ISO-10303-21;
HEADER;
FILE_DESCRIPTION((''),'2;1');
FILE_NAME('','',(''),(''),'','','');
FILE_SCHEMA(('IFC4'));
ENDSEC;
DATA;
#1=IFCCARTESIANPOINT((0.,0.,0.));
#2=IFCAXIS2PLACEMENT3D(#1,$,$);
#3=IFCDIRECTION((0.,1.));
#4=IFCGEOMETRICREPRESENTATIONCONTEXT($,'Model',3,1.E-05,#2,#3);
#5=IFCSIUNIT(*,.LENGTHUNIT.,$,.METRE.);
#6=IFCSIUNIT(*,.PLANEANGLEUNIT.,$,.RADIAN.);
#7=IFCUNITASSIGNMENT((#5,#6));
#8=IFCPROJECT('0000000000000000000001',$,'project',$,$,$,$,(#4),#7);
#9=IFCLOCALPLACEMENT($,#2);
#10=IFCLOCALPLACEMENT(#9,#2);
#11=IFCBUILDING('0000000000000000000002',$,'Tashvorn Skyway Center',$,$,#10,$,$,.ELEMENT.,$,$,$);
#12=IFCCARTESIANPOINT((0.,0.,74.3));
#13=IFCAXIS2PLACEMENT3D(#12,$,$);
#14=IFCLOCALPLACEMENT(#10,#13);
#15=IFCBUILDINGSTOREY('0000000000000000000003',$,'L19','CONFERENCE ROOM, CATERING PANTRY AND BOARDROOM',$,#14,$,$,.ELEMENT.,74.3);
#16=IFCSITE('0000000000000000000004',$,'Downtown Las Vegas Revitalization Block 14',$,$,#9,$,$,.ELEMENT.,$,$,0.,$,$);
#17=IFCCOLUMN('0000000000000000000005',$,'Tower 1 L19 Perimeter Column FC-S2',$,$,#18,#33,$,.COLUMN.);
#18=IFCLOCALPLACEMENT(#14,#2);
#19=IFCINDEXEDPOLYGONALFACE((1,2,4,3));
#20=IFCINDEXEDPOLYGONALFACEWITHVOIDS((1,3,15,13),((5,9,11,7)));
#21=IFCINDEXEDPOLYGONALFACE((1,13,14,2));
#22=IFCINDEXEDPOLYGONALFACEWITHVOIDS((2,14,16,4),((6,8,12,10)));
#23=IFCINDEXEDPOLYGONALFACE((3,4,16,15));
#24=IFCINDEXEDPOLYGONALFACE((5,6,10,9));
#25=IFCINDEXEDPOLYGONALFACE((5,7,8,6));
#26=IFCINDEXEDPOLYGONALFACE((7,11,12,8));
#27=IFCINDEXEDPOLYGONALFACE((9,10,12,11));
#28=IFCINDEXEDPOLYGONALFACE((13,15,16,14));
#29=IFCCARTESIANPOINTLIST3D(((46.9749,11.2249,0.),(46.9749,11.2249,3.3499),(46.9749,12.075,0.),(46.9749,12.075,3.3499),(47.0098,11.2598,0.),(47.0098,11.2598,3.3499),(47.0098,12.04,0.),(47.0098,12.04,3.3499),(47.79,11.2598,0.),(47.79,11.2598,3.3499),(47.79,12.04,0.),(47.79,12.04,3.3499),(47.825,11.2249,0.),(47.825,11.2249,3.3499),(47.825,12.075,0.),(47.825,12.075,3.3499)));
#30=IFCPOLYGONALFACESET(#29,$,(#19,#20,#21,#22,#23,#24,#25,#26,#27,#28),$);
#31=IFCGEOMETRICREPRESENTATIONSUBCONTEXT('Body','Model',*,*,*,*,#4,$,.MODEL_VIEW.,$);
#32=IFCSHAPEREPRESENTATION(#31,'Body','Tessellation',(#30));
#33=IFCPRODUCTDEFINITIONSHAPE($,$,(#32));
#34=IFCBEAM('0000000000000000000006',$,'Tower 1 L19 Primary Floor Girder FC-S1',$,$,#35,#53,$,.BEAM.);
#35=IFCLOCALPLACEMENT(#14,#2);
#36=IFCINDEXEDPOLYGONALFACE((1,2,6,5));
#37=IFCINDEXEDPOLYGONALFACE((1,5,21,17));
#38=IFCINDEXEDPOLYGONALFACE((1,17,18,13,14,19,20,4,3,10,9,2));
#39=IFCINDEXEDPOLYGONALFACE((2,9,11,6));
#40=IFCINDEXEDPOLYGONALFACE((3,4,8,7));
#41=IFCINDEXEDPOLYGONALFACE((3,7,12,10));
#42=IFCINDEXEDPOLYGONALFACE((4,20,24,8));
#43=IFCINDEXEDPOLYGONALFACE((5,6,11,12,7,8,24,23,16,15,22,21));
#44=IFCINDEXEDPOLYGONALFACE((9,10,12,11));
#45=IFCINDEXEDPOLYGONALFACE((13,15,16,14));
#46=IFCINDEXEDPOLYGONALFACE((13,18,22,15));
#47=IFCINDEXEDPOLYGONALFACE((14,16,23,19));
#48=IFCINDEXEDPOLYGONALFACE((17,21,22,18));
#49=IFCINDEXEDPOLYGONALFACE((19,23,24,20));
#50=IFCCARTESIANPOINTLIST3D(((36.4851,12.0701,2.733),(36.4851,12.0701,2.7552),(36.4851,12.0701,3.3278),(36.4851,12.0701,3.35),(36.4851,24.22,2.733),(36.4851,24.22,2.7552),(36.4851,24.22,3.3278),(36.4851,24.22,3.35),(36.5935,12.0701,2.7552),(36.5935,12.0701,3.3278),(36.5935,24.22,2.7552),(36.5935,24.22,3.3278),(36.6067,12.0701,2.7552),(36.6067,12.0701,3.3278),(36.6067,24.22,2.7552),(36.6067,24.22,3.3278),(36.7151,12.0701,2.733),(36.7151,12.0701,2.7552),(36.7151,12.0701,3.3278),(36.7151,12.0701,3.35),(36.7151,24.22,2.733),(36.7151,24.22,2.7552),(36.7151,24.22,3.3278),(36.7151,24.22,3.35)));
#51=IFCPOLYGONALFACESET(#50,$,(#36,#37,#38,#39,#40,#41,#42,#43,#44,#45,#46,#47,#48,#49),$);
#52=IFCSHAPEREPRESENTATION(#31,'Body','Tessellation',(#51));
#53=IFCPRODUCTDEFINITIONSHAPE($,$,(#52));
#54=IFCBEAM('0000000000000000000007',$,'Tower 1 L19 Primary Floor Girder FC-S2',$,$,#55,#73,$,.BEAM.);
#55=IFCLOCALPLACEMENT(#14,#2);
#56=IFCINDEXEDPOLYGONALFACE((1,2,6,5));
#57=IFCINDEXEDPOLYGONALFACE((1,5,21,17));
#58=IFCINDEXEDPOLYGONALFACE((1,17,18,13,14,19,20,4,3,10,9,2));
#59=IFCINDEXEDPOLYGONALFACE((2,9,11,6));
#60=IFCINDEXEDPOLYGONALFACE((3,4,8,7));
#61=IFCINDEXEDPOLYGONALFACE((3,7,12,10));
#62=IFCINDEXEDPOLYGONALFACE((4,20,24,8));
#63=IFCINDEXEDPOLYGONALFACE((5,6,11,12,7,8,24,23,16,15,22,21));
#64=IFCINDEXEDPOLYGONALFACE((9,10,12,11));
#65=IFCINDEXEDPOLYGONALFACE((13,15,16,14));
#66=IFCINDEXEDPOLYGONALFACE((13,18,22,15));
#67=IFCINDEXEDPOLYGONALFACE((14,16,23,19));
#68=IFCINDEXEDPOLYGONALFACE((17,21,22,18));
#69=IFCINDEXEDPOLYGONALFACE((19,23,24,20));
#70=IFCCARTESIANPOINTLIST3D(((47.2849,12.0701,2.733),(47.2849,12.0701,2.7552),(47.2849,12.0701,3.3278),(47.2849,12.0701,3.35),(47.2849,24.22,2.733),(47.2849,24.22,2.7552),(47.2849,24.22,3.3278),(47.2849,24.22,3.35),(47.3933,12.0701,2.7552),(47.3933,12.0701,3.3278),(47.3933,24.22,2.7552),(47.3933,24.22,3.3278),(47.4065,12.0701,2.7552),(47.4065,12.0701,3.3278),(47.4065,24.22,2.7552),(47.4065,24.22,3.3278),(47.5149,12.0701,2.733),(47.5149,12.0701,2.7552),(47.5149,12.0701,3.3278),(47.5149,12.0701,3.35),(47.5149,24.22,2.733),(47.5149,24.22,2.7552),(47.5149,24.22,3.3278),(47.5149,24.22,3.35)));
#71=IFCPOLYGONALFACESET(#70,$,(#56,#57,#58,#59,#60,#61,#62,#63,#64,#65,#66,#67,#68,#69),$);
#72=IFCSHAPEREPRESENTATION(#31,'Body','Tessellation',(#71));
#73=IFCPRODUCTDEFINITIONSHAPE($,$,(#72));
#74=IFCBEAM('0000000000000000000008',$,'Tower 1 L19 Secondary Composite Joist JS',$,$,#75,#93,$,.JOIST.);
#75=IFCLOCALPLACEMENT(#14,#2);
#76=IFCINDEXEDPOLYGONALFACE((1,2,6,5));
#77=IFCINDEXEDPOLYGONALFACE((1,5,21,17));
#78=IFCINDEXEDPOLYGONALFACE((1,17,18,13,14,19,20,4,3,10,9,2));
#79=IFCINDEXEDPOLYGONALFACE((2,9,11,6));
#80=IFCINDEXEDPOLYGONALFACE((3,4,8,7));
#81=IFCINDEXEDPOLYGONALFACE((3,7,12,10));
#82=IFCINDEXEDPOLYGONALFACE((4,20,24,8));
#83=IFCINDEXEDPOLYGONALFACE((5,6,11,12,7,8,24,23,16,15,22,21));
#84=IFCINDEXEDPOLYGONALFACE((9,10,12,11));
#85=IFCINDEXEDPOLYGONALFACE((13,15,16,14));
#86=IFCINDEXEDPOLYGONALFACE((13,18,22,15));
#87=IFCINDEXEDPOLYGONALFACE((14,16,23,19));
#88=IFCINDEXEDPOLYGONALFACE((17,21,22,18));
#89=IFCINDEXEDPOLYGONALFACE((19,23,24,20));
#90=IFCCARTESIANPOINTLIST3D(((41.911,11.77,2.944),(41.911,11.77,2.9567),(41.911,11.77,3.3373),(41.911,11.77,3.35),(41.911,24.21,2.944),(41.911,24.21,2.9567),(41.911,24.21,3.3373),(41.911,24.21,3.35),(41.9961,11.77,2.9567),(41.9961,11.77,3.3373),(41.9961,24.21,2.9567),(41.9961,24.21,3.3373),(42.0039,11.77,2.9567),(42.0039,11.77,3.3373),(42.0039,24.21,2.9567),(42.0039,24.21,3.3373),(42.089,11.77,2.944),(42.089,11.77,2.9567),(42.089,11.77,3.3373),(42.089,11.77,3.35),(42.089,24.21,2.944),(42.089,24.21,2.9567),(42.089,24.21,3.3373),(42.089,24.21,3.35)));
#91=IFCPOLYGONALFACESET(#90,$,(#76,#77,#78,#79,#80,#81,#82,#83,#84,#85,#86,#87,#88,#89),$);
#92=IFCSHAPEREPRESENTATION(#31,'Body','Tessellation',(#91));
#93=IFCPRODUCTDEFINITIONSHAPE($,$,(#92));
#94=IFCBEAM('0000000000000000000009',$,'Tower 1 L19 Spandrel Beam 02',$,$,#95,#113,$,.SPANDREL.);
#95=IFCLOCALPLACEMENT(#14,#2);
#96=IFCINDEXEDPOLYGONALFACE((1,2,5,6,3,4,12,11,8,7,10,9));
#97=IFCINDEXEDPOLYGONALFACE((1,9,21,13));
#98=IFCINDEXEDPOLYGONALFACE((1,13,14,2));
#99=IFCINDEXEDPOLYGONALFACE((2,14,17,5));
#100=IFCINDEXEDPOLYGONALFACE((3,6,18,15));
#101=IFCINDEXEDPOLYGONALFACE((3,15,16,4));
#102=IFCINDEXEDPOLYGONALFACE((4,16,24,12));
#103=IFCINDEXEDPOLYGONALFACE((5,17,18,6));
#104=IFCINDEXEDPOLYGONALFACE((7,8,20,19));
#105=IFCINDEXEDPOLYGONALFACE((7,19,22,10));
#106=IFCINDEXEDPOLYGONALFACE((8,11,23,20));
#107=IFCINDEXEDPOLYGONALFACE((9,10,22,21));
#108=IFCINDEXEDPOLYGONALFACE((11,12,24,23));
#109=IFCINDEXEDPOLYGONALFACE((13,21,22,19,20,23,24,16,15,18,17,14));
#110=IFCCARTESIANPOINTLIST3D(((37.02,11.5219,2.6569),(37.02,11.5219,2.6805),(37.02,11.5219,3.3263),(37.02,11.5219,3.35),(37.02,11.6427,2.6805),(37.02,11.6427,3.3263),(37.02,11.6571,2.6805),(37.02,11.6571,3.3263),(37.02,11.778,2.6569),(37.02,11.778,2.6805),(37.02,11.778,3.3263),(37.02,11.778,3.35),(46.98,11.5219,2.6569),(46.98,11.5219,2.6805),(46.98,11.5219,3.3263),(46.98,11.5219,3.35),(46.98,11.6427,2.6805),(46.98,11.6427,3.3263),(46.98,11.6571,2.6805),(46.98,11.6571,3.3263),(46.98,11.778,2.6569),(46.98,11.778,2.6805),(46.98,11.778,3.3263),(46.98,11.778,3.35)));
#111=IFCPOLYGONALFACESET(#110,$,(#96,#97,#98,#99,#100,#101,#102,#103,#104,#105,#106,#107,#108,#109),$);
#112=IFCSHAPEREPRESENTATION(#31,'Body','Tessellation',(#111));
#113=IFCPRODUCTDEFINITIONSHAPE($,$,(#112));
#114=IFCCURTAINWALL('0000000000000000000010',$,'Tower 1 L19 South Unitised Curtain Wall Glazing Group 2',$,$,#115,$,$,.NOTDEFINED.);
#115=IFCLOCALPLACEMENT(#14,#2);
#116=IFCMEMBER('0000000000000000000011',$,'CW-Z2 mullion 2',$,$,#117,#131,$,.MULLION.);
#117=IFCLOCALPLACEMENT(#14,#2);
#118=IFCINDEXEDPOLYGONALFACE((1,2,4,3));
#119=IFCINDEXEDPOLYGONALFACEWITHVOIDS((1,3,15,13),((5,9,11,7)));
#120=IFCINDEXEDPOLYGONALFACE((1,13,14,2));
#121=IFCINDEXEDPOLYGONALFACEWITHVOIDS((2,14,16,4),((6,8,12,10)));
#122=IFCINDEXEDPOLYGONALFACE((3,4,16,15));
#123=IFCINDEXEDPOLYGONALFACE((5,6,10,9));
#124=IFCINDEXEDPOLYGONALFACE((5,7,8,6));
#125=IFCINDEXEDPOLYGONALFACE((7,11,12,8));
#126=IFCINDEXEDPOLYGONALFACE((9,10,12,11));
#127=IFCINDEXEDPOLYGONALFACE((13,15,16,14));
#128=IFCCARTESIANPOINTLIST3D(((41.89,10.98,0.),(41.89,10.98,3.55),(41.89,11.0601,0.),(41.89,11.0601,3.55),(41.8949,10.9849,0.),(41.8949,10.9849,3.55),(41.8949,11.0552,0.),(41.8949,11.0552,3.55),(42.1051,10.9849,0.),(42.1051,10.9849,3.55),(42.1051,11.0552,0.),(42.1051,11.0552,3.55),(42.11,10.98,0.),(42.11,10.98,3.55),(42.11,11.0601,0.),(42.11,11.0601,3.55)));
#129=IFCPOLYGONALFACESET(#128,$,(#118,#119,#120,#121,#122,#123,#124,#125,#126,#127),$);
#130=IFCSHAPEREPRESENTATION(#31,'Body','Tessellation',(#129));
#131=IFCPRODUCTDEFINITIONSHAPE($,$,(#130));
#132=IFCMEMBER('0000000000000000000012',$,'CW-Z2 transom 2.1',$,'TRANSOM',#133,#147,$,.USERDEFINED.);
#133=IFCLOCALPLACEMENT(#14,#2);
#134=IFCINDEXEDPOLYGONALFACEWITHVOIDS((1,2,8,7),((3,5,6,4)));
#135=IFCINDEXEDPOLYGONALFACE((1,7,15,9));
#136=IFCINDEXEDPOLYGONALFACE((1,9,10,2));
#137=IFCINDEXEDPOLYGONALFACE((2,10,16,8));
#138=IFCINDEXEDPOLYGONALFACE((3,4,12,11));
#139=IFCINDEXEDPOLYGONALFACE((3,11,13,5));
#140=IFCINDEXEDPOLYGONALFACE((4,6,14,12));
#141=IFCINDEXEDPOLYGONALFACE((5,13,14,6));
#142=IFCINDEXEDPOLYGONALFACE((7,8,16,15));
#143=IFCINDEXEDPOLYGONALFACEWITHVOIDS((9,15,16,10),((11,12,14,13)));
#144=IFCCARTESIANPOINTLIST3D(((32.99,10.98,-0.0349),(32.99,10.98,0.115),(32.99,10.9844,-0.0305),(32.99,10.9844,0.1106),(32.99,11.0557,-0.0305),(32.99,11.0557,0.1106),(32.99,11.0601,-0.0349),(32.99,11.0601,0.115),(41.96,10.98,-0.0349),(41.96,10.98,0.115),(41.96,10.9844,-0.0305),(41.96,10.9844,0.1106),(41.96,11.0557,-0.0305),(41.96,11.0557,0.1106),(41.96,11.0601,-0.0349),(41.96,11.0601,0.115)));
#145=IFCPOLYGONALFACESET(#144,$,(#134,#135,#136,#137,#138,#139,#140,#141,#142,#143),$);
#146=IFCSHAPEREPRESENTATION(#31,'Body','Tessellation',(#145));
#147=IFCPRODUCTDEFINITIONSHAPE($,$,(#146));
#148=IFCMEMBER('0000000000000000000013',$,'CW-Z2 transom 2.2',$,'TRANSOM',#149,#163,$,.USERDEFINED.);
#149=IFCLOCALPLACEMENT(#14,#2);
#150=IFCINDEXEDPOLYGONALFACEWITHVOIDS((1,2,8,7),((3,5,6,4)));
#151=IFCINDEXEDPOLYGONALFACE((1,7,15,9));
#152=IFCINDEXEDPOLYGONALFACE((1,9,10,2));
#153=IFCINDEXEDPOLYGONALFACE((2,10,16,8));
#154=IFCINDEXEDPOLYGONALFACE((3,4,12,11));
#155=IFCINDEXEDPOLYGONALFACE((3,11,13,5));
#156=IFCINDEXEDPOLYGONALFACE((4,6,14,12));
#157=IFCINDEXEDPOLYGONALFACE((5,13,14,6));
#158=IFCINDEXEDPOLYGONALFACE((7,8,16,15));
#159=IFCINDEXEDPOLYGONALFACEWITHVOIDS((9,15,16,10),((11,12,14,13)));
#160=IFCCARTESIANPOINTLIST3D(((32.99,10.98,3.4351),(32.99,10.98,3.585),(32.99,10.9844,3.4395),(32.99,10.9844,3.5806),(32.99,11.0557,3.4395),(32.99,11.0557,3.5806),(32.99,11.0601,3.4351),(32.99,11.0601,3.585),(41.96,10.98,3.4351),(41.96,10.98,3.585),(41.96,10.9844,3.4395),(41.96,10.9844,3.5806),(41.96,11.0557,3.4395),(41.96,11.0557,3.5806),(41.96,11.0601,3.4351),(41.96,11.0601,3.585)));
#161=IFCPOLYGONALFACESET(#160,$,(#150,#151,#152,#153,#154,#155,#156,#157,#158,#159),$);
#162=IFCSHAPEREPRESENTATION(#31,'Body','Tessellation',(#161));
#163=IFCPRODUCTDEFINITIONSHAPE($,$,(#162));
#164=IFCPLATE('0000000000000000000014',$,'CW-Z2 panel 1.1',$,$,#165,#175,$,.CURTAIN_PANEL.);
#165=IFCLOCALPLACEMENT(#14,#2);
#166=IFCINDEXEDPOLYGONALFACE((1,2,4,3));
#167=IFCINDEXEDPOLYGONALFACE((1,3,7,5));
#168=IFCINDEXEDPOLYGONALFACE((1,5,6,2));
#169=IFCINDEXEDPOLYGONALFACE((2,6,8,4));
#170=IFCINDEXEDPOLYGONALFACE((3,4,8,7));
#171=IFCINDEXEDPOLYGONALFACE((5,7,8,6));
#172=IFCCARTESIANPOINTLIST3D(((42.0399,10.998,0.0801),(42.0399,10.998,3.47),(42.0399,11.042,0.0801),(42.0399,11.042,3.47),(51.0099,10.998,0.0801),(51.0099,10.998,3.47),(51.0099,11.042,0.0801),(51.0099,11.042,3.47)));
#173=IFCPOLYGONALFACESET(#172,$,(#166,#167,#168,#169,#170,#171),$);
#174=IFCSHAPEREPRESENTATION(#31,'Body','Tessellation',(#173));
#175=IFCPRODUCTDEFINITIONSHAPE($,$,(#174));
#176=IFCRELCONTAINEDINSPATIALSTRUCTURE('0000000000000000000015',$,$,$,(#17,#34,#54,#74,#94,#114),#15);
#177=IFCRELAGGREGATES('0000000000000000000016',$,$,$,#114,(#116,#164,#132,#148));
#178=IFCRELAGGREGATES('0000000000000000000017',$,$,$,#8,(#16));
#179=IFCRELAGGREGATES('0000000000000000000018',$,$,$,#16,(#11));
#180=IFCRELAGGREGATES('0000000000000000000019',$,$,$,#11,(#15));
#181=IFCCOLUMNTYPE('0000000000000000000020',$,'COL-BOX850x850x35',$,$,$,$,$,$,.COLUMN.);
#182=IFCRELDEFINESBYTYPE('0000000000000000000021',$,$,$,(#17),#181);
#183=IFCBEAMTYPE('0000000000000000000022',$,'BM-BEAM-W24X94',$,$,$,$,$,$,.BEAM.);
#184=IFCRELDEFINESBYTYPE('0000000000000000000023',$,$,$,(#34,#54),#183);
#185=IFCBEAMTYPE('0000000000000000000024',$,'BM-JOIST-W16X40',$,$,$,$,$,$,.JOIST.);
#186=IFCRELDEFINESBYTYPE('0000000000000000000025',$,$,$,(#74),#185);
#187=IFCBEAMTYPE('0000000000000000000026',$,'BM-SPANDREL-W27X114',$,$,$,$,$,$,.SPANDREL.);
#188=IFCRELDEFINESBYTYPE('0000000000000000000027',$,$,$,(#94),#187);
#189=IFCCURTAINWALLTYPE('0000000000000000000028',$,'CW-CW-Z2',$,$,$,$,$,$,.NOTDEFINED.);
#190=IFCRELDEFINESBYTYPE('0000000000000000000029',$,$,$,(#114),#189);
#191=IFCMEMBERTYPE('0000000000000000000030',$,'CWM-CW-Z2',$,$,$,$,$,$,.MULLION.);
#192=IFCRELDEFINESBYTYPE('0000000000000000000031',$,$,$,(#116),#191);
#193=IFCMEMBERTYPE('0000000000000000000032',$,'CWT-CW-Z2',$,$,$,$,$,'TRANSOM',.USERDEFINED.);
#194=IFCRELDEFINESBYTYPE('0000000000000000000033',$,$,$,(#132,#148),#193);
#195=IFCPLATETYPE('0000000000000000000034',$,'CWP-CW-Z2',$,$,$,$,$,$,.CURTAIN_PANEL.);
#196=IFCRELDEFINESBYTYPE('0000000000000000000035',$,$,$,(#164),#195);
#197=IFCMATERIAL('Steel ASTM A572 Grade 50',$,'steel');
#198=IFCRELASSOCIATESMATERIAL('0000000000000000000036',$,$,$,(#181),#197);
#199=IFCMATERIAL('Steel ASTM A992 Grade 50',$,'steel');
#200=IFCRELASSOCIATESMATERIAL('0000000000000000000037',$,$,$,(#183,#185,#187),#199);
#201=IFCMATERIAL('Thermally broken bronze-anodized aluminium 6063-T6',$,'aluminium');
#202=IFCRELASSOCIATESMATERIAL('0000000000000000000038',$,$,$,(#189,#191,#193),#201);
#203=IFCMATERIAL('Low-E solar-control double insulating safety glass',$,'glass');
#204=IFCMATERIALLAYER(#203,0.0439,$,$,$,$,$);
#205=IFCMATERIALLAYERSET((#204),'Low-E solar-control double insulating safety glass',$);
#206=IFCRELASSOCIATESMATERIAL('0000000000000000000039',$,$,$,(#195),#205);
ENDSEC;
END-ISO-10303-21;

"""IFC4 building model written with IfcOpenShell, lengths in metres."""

from ifc_helpers import new_model, si_unit, direction, frame, origin, origin_2d, place, context, subcontext, project, spatial, rectangle, hollow_rectangle, i_section, extrude, material, layer, layer_set, material_profile, profile_set, type_object, element, aggregate, save


model = new_model("IFC4")

# Units and contexts
model_context = context("Model", 3, precision=1e-05, world=origin(), true_north=direction((0.0, 1.0)))
body_context = subcontext(model_context, "Body", "Model", "MODEL_VIEW")
ifc_project = project(units=[si_unit("LENGTHUNIT", "METRE"), si_unit("PLANEANGLEUNIT", "RADIAN")], contexts=[model_context])

# Site, building, storey
site_placement = place(None, origin())
site = spatial("IfcSite", under=ifc_project, at=site_placement, Name="Downtown Las Vegas Revitalization Block 14", CompositionType="ELEMENT", RefElevation=0.0)
building_placement = place(site_placement, origin())
building = spatial("IfcBuilding", under=site, at=building_placement, Name="Tashvorn Skyway Center", CompositionType="ELEMENT")
storey_placement = place(building_placement, frame((0.0, 0.0, 74.3)))
storey = spatial("IfcBuildingStorey", under=building, at=storey_placement, Name="L19", Description="CONFERENCE ROOM, CATERING PANTRY AND BOARDROOM", CompositionType="ELEMENT", Elevation=74.3)

# Column
ifc_material_1 = material(Name="Steel ASTM A572 Grade 50", Category="steel")
ifc_material_profile_1 = material_profile(ifc_material_1, hollow_rectangle(XDim=0.8501, YDim=0.8501, WallThickness=0.0349, at=origin_2d()), Name="BOX850x850x35")
ifc_profile_set_1 = profile_set([ifc_material_profile_1], Name="Steel ASTM A572 Grade 50")
column_type = type_object("IfcColumnType", Name="COL-BOX850x850x35", PredefinedType="COLUMN", material=ifc_profile_set_1)
column_placement = place(storey_placement, frame((47.3999, 11.6499, 0.0), z_axis=(0.0, 0.0, 1.0), x_axis=(1.0, 0.0, 0.0)))
element("IfcColumn", 1, at=column_placement, inside=storey, type_object=column_type, Name="Tower 1 L19 Perimeter Column FC-S2", PredefinedType="COLUMN", context=body_context, shape_type="SweptSolid", body=[
    extrude(hollow_rectangle(XDim=0.8501, YDim=0.8501, WallThickness=0.0349, at=origin_2d()), origin(), (0.0, 0.0, 1.0), 3.3499),
])

# Beams
ifc_material_2 = material(Name="Steel ASTM A992 Grade 50", Category="steel")
ifc_material_profile_2 = material_profile(ifc_material_2, i_section(OverallWidth=0.23, OverallDepth=0.6169, WebThickness=0.0132, FlangeThickness=0.0222, at=origin_2d()), Name="W24X94")
ifc_profile_set_2 = profile_set([ifc_material_profile_2], Name="Steel ASTM A992 Grade 50")
beam_type_1 = type_object("IfcBeamType", Name="BM-BEAM-W24X94", PredefinedType="BEAM", material=ifc_profile_set_2)
for number, where, z_axis, x_axis, name in (
    (2, (36.6001, 12.0701, 3.0415), (0.0, 1.0, 0.0), (-1.0, 0.0, 0.0), "Tower 1 L19 Primary Floor Girder FC-S1"),
    (3, (47.3999, 12.0701, 3.0415), (0.0, 1.0, 0.0), (-1.0, 0.0, 0.0), "Tower 1 L19 Primary Floor Girder FC-S2"),
):
    element("IfcBeam", number, at=place(storey_placement, frame(where, z_axis=z_axis, x_axis=x_axis)), inside=storey, type_object=beam_type_1, Name=name, PredefinedType="BEAM", context=body_context, shape_type="SweptSolid", body=[
        extrude(i_section(OverallWidth=0.23, OverallDepth=0.6169, WebThickness=0.0132, FlangeThickness=0.0222, at=origin_2d()), origin(), (0.0, 0.0, 1.0), 12.1499),
    ])
ifc_material_profile_3 = material_profile(ifc_material_2, i_section(OverallWidth=0.178, OverallDepth=0.406, WebThickness=0.0078, FlangeThickness=0.0127, at=origin_2d()), Name="W16X40")
ifc_profile_set_3 = profile_set([ifc_material_profile_3], Name="Steel ASTM A992 Grade 50")
beam_type_2 = type_object("IfcBeamType", Name="BM-JOIST-W16X40", PredefinedType="JOIST", material=ifc_profile_set_3)
beam_1_placement = place(storey_placement, frame((42.0, 24.21, 3.147), z_axis=(0.0, -1.0, 0.0), x_axis=(1.0, 0.0, 0.0)))
element("IfcBeam", 4, at=beam_1_placement, inside=storey, type_object=beam_type_2, Name="Tower 1 L19 Secondary Composite Joist JS", PredefinedType="JOIST", context=body_context, shape_type="SweptSolid", body=[
    extrude(i_section(OverallWidth=0.178, OverallDepth=0.406, WebThickness=0.0078, FlangeThickness=0.0127, at=origin_2d()), origin(), (0.0, 0.0, 1.0), 12.4399),
])
ifc_material_profile_4 = material_profile(ifc_material_2, i_section(OverallWidth=0.2561, OverallDepth=0.6931, WebThickness=0.0144, FlangeThickness=0.0237, at=origin_2d()), Name="W27X114")
ifc_profile_set_4 = profile_set([ifc_material_profile_4], Name="Steel ASTM A992 Grade 50")
beam_type_3 = type_object("IfcBeamType", Name="BM-SPANDREL-W27X114", PredefinedType="SPANDREL", material=ifc_profile_set_4)
beam_2_placement = place(storey_placement, frame((37.02, 11.6499, 3.0034), z_axis=(1.0, 0.0, 0.0), x_axis=(0.0, 1.0, 0.0)))
element("IfcBeam", 5, at=beam_2_placement, inside=storey, type_object=beam_type_3, Name="Tower 1 L19 Spandrel Beam 02", PredefinedType="SPANDREL", context=body_context, shape_type="SweptSolid", body=[
    extrude(i_section(OverallWidth=0.2561, OverallDepth=0.6931, WebThickness=0.0144, FlangeThickness=0.0237, at=origin_2d()), origin(), (0.0, 0.0, 1.0), 9.96),
])

# Curtain wall, members, plate
ifc_material_3 = material(Name="Thermally broken bronze-anodized aluminium 6063-T6", Category="aluminium")
curtain_wall_type = type_object("IfcCurtainWallType", Name="CW-CW-Z2", PredefinedType="NOTDEFINED", material=ifc_material_3)
curtain_wall_placement = place(storey_placement, origin())
curtain_wall = element("IfcCurtainWall", 6, at=curtain_wall_placement, inside=storey, type_object=curtain_wall_type, Name="Tower 1 L19 South Unitised Curtain Wall Glazing Group 2", PredefinedType="NOTDEFINED")
ifc_material_profile_5 = material_profile(ifc_material_3, hollow_rectangle(XDim=0.0801, YDim=0.22, WallThickness=0.0049, at=origin_2d()), Name="ALU-MULL-80x220")
ifc_profile_set_5 = profile_set([ifc_material_profile_5], Name="Thermally broken bronze-anodized aluminium 6063-T6")
member_type_1 = type_object("IfcMemberType", Name="CWM-CW-Z2", PredefinedType="MULLION", material=ifc_profile_set_5)
member_1_placement = place(storey_placement, frame((42.0, 11.02, 0.0), z_axis=(0.0, 0.0, 1.0), x_axis=(0.0, -1.0, 0.0)))
member_1 = element("IfcMember", 7, at=member_1_placement, type_object=member_type_1, Name="CW-Z2 mullion 2", PredefinedType="MULLION", context=body_context, shape_type="SweptSolid", body=[
    extrude(hollow_rectangle(XDim=0.0801, YDim=0.22, WallThickness=0.0049, at=origin_2d()), origin(), (0.0, 0.0, 1.0), 3.55),
])
ifc_material_profile_6 = material_profile(ifc_material_3, hollow_rectangle(XDim=0.0801, YDim=0.1499, WallThickness=0.0044, at=origin_2d()), Name="ALU-TRAN-80x150")
ifc_profile_set_6 = profile_set([ifc_material_profile_6], Name="Thermally broken bronze-anodized aluminium 6063-T6")
member_type_2 = type_object("IfcMemberType", Name="CWT-CW-Z2", ElementType="TRANSOM", PredefinedType="USERDEFINED", material=ifc_profile_set_6)
member_2_placement = place(storey_placement, frame((41.96, 11.02, 0.04), z_axis=(-1.0, 0.0, 0.0), x_axis=(0.0, -1.0, 0.0)))
member_2 = element("IfcMember", 8, at=member_2_placement, type_object=member_type_2, Name="CW-Z2 transom 2.1", ObjectType="TRANSOM", PredefinedType="USERDEFINED", context=body_context, shape_type="SweptSolid", body=[
    extrude(hollow_rectangle(XDim=0.0801, YDim=0.1499, WallThickness=0.0044, at=origin_2d()), origin(), (0.0, 0.0, 1.0), 8.97),
])
member_3_placement = place(storey_placement, frame((41.96, 11.02, 3.51), z_axis=(-1.0, 0.0, 0.0), x_axis=(0.0, -1.0, 0.0)))
member_3 = element("IfcMember", 9, at=member_3_placement, type_object=member_type_2, Name="CW-Z2 transom 2.2", ObjectType="TRANSOM", PredefinedType="USERDEFINED", context=body_context, shape_type="SweptSolid", body=[
    extrude(hollow_rectangle(XDim=0.0801, YDim=0.1499, WallThickness=0.0044, at=origin_2d()), origin(), (0.0, 0.0, 1.0), 8.97),
])
ifc_material_4 = material(Name="Low-E solar-control double insulating safety glass", Category="glass")
ifc_layer_1 = layer(ifc_material_4, 0.0439)
ifc_layer_set_1 = layer_set([ifc_layer_1], Name="Low-E solar-control double insulating safety glass")
plate_type = type_object("IfcPlateType", Name="CWP-CW-Z2", PredefinedType="CURTAIN_PANEL", material=ifc_layer_set_1)
plate_1_placement = place(storey_placement, frame((46.5249, 11.02, 0.0801), z_axis=(0.0, 0.0, 1.0), x_axis=(-1.0, 0.0, 0.0)))
plate_1 = element("IfcPlate", 10, at=plate_1_placement, type_object=plate_type, Name="CW-Z2 panel 1.1", PredefinedType="CURTAIN_PANEL", context=body_context, shape_type="SweptSolid", body=[
    extrude(rectangle(XDim=8.97, YDim=0.0439, at=origin_2d()), origin(), (0.0, 0.0, 1.0), 3.3899),
])
aggregate(curtain_wall, [member_1, plate_1, member_2, member_3])

save(model, "model.ifc")
